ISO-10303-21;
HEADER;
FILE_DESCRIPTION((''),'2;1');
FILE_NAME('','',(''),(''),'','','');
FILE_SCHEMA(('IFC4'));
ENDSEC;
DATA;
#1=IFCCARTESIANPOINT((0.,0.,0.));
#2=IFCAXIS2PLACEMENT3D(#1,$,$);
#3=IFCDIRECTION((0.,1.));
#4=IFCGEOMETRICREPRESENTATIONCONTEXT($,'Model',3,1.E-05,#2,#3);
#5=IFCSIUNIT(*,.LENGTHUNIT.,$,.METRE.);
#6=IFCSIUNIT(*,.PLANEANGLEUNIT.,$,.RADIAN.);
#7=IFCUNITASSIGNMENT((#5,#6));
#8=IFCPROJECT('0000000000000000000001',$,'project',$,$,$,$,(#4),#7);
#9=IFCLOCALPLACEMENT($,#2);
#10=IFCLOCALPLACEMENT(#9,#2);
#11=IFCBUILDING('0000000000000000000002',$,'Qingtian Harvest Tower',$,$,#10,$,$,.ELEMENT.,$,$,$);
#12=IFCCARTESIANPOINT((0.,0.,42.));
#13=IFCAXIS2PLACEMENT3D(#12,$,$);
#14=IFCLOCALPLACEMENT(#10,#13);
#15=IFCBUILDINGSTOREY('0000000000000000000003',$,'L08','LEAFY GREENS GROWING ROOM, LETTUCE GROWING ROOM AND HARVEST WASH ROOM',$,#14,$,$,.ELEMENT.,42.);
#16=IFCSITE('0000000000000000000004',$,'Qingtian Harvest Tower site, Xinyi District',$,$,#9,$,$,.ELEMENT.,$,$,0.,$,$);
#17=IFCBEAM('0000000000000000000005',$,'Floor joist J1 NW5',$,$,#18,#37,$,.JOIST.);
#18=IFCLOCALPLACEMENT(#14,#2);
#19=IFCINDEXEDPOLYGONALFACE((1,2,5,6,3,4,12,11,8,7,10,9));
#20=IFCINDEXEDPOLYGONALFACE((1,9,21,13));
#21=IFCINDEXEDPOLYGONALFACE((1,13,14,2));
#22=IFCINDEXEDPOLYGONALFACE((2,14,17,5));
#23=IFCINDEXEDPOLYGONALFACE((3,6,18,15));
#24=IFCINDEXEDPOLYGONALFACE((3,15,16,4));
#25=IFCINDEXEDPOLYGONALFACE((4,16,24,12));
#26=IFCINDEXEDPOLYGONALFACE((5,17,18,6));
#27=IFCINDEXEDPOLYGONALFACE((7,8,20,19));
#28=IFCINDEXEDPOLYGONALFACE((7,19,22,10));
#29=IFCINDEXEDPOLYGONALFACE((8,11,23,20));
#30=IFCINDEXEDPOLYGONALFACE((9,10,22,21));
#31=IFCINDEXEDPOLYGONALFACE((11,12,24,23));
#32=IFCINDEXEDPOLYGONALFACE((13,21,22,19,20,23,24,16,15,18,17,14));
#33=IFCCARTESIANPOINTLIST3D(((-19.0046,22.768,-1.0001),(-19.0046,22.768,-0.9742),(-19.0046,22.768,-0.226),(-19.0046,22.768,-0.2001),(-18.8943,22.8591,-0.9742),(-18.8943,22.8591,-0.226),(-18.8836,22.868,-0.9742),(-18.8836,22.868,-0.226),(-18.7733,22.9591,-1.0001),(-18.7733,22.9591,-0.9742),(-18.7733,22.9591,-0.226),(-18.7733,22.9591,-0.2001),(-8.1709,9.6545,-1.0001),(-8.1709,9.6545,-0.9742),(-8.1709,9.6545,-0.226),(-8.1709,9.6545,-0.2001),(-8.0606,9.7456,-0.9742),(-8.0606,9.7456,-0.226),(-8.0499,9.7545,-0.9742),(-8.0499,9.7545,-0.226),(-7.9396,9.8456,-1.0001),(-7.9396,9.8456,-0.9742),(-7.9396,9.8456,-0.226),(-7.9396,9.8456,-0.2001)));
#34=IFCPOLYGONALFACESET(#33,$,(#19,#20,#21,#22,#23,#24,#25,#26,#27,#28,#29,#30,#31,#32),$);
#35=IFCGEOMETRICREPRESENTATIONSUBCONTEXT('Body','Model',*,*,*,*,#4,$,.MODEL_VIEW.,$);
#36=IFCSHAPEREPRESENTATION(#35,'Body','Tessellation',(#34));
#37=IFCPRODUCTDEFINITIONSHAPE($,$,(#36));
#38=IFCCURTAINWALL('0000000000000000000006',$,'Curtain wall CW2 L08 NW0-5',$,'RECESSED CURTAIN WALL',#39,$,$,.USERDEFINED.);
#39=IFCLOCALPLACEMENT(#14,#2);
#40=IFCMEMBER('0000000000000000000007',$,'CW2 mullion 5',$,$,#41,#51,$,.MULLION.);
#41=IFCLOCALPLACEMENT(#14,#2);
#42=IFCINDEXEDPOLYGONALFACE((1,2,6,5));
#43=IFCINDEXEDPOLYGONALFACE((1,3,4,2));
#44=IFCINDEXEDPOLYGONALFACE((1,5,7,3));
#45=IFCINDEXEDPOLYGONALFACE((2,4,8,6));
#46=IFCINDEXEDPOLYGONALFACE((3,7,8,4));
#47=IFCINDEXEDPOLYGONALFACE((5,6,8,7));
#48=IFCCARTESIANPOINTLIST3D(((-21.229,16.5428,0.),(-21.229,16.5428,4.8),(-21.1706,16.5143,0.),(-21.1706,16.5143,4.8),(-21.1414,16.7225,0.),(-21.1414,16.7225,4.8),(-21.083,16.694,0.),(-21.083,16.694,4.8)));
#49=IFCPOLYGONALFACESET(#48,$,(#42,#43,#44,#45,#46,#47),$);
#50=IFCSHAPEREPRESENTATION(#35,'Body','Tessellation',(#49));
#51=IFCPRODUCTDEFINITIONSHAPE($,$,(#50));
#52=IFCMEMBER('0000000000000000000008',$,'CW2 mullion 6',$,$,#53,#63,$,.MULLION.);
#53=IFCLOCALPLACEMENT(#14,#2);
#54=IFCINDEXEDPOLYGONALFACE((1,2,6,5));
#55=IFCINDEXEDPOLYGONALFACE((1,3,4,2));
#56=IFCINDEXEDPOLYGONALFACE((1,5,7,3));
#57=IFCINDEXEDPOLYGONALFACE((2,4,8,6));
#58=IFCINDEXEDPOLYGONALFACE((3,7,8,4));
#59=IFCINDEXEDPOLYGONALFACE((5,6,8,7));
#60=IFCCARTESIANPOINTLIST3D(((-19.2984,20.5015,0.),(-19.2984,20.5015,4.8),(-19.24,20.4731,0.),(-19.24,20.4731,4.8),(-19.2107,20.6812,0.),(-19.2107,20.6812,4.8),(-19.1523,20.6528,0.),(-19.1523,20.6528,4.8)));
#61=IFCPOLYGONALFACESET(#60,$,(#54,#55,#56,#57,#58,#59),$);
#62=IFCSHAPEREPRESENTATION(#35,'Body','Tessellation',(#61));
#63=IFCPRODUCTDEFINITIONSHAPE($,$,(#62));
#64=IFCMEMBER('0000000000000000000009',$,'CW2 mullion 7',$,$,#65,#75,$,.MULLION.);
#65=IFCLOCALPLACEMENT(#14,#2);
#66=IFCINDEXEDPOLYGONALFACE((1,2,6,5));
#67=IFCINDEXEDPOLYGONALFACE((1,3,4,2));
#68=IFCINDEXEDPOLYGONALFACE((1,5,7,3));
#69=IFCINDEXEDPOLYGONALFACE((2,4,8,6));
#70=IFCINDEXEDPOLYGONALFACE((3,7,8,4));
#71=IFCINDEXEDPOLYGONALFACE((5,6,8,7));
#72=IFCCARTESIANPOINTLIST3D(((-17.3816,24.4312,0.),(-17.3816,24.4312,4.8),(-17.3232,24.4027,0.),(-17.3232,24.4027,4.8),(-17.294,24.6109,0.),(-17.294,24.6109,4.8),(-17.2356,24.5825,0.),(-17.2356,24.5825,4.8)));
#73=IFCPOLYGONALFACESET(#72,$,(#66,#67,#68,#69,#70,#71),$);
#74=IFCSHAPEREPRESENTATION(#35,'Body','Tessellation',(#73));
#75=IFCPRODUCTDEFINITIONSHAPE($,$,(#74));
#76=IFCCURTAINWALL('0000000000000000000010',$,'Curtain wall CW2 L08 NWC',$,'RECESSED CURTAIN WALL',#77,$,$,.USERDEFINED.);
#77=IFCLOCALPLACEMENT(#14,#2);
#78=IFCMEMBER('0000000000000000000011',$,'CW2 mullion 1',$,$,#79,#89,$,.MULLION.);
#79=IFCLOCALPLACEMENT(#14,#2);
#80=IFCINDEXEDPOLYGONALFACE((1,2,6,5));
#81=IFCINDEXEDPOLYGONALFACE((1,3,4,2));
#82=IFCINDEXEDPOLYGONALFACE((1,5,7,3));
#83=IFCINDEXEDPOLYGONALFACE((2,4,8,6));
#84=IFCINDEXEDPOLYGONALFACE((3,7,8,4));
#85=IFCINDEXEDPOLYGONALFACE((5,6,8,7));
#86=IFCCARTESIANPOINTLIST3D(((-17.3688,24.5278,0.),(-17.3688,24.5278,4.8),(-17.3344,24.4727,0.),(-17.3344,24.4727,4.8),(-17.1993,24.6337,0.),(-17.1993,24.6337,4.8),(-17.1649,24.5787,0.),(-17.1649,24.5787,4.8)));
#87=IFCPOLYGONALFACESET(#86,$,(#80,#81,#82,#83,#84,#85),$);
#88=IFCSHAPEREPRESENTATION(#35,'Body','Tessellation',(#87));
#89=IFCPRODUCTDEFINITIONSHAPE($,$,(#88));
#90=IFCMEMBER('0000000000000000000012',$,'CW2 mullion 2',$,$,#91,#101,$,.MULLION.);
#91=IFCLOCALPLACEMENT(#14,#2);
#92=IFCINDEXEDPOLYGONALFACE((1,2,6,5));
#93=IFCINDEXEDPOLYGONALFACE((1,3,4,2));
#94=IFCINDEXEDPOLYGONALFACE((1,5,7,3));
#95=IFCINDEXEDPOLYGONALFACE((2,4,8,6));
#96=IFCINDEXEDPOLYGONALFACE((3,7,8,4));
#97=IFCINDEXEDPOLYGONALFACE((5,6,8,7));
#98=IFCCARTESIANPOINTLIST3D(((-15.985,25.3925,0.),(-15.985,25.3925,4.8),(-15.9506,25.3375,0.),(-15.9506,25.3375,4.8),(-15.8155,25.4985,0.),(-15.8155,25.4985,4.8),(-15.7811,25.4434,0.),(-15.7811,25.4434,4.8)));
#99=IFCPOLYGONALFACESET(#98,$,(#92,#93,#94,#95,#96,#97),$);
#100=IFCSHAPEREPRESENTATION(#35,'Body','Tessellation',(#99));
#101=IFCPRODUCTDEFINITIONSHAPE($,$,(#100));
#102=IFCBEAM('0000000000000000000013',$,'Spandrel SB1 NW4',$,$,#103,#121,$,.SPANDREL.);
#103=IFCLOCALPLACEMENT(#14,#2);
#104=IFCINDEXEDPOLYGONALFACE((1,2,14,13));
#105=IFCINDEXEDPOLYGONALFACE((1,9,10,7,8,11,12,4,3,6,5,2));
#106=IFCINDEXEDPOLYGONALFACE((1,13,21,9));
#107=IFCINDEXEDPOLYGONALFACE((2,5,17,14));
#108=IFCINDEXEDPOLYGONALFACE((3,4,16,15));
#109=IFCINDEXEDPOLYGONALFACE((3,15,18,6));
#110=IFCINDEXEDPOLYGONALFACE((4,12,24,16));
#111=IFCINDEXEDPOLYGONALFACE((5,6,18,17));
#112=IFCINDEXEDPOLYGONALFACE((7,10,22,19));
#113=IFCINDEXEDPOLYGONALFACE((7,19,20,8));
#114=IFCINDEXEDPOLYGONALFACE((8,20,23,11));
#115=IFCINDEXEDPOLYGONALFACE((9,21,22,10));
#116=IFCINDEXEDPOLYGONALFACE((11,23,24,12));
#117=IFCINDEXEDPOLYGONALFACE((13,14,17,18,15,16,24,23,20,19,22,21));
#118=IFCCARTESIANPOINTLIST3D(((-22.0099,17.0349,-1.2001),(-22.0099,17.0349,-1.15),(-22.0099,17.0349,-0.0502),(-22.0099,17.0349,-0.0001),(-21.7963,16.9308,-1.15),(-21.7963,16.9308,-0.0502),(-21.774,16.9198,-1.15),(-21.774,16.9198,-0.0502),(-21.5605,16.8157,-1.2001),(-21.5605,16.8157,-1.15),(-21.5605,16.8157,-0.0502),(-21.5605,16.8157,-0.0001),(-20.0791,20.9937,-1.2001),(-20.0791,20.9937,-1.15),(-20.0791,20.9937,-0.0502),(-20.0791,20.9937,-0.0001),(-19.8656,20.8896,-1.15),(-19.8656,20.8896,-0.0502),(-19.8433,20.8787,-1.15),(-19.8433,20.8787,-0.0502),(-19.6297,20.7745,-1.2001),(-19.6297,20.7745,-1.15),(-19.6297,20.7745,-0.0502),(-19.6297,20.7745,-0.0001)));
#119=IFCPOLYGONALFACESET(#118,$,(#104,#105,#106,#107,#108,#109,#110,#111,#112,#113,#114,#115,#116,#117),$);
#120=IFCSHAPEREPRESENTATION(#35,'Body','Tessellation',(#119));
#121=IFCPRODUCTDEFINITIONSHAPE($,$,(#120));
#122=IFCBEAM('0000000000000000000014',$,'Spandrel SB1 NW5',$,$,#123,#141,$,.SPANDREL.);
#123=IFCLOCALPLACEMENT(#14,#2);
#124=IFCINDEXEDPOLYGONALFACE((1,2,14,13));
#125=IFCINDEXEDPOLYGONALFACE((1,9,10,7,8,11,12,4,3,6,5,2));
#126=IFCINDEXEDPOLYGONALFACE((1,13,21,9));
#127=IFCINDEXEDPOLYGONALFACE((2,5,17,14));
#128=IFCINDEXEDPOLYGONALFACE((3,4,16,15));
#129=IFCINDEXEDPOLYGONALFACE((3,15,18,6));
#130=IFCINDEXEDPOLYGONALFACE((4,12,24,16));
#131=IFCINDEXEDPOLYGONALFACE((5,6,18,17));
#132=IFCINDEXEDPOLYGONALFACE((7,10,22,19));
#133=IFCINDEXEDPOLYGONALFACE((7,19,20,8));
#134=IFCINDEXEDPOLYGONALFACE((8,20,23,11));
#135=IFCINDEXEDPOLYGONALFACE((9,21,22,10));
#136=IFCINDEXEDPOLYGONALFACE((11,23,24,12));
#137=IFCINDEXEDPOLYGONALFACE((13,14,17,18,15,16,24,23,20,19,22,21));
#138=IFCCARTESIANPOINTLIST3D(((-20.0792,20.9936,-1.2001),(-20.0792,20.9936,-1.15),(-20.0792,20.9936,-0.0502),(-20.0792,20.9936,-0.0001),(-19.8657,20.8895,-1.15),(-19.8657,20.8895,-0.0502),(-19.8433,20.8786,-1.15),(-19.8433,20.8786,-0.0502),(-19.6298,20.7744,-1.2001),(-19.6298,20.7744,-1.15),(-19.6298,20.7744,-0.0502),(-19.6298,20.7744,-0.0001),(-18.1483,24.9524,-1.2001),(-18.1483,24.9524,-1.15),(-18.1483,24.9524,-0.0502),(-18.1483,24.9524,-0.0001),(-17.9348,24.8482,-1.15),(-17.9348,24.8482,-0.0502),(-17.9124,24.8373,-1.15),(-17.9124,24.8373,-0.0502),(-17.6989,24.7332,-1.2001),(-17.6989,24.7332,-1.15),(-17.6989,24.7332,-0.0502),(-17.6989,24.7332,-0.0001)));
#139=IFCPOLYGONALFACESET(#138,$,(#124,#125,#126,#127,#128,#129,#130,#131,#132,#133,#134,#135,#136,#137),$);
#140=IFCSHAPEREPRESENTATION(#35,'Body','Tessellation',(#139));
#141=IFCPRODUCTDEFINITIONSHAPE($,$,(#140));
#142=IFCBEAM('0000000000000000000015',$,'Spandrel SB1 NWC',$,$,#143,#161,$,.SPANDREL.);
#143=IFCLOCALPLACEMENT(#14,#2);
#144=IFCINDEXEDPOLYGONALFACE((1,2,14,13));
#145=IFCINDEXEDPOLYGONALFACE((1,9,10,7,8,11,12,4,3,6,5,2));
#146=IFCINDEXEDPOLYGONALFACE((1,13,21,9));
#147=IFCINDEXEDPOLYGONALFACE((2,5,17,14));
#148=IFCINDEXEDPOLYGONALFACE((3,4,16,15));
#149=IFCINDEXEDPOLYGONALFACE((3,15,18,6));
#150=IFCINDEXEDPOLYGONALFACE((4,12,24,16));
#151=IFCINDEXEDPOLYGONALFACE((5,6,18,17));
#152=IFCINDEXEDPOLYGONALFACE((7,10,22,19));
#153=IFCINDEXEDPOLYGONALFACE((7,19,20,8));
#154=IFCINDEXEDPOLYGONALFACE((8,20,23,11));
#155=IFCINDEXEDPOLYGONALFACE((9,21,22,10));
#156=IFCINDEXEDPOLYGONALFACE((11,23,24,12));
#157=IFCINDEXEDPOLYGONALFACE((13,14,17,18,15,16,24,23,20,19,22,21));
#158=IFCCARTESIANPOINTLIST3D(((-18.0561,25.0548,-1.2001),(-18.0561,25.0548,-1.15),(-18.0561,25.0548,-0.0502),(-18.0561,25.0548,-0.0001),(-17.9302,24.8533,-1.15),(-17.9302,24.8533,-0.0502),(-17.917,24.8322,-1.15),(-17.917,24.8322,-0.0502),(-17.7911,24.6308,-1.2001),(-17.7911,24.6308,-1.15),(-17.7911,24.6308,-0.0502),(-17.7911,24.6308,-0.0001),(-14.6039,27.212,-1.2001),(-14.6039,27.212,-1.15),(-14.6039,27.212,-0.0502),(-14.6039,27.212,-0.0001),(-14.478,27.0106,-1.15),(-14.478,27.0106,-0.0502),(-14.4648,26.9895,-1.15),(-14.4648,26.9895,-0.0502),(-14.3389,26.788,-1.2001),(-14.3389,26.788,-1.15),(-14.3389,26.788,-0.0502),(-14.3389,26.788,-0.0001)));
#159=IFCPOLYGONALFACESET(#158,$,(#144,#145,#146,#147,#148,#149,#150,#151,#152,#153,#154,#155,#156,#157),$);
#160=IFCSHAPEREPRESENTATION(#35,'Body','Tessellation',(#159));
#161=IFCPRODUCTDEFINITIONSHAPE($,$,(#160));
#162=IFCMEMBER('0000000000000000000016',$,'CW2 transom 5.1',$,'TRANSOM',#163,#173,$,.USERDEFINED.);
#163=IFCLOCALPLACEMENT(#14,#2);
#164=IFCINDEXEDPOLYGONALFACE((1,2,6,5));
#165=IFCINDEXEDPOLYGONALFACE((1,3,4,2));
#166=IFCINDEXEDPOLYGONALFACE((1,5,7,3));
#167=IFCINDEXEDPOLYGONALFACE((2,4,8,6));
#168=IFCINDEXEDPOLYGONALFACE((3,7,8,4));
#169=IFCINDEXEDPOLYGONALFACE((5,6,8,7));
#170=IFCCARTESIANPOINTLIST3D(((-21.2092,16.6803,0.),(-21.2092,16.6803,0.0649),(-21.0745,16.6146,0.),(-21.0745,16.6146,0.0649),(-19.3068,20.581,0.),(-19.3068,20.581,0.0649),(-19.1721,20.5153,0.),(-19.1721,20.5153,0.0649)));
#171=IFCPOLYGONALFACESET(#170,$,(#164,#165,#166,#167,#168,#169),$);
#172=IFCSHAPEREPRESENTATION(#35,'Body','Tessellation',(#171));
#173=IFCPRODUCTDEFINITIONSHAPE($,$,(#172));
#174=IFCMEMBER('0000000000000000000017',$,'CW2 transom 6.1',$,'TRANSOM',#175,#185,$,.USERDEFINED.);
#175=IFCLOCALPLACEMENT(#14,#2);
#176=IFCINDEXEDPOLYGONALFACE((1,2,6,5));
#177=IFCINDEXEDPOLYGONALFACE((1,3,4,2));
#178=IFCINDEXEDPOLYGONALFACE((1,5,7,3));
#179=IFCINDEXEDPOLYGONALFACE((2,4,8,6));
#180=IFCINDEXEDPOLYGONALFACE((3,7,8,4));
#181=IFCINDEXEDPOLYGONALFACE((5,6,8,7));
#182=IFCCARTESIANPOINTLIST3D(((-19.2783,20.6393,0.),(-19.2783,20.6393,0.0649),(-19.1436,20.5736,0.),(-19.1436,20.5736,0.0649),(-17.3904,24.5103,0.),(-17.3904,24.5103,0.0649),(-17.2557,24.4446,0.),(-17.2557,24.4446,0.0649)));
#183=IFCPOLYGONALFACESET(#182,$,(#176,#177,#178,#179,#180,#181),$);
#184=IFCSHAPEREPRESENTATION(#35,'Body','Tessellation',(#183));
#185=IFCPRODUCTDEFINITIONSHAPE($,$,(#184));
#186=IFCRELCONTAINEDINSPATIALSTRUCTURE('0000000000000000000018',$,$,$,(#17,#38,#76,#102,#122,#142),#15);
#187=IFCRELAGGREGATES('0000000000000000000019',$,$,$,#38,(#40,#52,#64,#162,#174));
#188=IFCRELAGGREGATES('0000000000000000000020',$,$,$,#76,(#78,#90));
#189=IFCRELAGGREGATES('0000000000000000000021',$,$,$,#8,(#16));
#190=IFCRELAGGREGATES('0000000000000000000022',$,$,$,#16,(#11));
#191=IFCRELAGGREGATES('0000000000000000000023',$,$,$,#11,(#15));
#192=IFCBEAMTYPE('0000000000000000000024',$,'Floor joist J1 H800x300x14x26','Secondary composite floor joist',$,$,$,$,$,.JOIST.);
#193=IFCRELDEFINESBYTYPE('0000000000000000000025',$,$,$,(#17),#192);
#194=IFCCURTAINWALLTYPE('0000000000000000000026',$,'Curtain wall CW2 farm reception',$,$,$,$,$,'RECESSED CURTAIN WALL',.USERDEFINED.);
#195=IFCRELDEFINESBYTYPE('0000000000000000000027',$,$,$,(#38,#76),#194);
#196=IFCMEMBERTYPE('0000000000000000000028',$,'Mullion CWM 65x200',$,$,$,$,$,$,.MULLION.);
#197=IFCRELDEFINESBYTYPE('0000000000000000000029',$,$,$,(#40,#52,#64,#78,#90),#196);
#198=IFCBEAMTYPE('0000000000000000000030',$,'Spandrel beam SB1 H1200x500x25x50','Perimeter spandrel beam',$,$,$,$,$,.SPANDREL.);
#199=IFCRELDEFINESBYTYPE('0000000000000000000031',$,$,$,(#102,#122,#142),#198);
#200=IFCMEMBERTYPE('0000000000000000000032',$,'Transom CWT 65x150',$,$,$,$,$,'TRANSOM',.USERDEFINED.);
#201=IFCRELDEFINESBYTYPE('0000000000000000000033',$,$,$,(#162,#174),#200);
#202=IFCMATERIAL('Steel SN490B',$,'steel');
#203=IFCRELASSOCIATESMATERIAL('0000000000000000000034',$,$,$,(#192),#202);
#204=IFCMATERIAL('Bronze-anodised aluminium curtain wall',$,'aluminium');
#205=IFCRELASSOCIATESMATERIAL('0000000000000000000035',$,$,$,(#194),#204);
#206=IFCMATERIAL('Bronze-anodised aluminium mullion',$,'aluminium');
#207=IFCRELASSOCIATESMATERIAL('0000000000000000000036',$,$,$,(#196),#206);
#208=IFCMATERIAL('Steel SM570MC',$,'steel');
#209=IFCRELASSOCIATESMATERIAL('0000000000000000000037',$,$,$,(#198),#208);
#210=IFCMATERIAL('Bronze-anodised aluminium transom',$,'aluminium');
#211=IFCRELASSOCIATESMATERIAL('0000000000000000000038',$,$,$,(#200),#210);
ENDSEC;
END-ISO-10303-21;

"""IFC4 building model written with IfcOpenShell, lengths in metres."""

from ifc_helpers import new_model, si_unit, direction, frame, origin, origin_2d, place, context, subcontext, project, spatial, rectangle, i_section, extrude, material, material_profile, profile_set, type_object, element, aggregate, save


model = new_model("IFC4")

# Units and contexts
model_context = context("Model", 3, precision=1e-05, world=origin(), true_north=direction((0.0, 1.0)))
body_context = subcontext(model_context, "Body", "Model", "MODEL_VIEW")
ifc_project = project(units=[si_unit("LENGTHUNIT", "METRE"), si_unit("PLANEANGLEUNIT", "RADIAN")], contexts=[model_context])

# Site, building, storey
site_placement = place(None, origin())
site = spatial("IfcSite", under=ifc_project, at=site_placement, Name="Qingtian Harvest Tower site, Xinyi District", CompositionType="ELEMENT", RefElevation=0.0)
building_placement = place(site_placement, origin())
building = spatial("IfcBuilding", under=site, at=building_placement, Name="Qingtian Harvest Tower", CompositionType="ELEMENT")
storey_placement = place(building_placement, frame((0.0, 0.0, 42.0)))
storey = spatial("IfcBuildingStorey", under=building, at=storey_placement, Name="L08", Description="LEAFY GREENS GROWING ROOM, LETTUCE GROWING ROOM AND HARVEST WASH ROOM", CompositionType="ELEMENT", Elevation=42.0)

# Beam
ifc_material_1 = material(Name="Steel SN490B", Category="steel")
ifc_material_profile_1 = material_profile(ifc_material_1, i_section(OverallWidth=0.3, OverallDepth=0.8, WebThickness=0.0139, FlangeThickness=0.0259, at=origin_2d()), Name="H800x300x14x26")
ifc_profile_set_1 = profile_set([ifc_material_profile_1], Name="Steel SN490B")
beam_type_1 = type_object("IfcBeamType", Name="Floor joist J1 H800x300x14x26", Description="Secondary composite floor joist", PredefinedType="JOIST", material=ifc_profile_set_1)
beam_1_placement = place(storey_placement, frame((-18.8889, 22.8635, -0.6001), z_axis=(0.63691, -0.770938, 0.0), x_axis=(0.770938, 0.63691, 0.0)))
element("IfcBeam", 1, at=beam_1_placement, inside=storey, type_object=beam_type_1, Name="Floor joist J1 NW5", PredefinedType="JOIST", context=body_context, shape_type="SweptSolid", body=[
    extrude(i_section(OverallWidth=0.3, OverallDepth=0.8, WebThickness=0.0139, FlangeThickness=0.0259, at=origin_2d()), origin(), (0.0, 0.0, 1.0), 17.0098),
])

# Curtain walls, members
ifc_material_2 = material(Name="Bronze-anodised aluminium curtain wall", Category="aluminium")
curtain_wall_type = type_object("IfcCurtainWallType", Name="Curtain wall CW2 farm reception", ElementType="RECESSED CURTAIN WALL", PredefinedType="USERDEFINED", material=ifc_material_2)
curtain_wall_1_placement = place(storey_placement, origin())
curtain_wall_1 = element("IfcCurtainWall", 2, at=curtain_wall_1_placement, inside=storey, type_object=curtain_wall_type, Name="Curtain wall CW2 L08 NW0-5", ObjectType="RECESSED CURTAIN WALL", PredefinedType="USERDEFINED")
ifc_material_3 = material(Name="Bronze-anodised aluminium mullion", Category="aluminium")
ifc_material_profile_2 = material_profile(ifc_material_3, rectangle(XDim=0.0649, YDim=0.2, at=origin_2d()), Name="AL 65x200")
ifc_profile_set_2 = profile_set([ifc_material_profile_2], Name="Bronze-anodised aluminium mullion")
member_type_1 = type_object("IfcMemberType", Name="Mullion CWM 65x200", PredefinedType="MULLION", material=ifc_profile_set_2)
member_1_placement = place(storey_placement, frame((-21.156, 16.6184, 0.0), z_axis=(0.0, 0.0, 1.0), x_axis=(-0.898794, 0.438371, 0.0)))
member_1 = element("IfcMember", 3, at=member_1_placement, type_object=member_type_1, Name="CW2 mullion 5", PredefinedType="MULLION", context=body_context, shape_type="SweptSolid", body=[
    extrude(rectangle(XDim=0.0649, YDim=0.2, at=origin_2d()), origin(), (0.0, 0.0, 1.0), 4.8),
])
member_2_placement = place(storey_placement, frame((-19.2253, 20.5771, 0.0), z_axis=(0.0, 0.0, 1.0), x_axis=(-0.898794, 0.438371, 0.0)))
member_2 = element("IfcMember", 4, at=member_2_placement, type_object=member_type_1, Name="CW2 mullion 6", PredefinedType="MULLION", context=body_context, shape_type="SweptSolid", body=[
    extrude(rectangle(XDim=0.0649, YDim=0.2, at=origin_2d()), origin(), (0.0, 0.0, 1.0), 4.8),
])
member_3_placement = place(storey_placement, frame((-17.3086, 24.5068, 0.0), z_axis=(0.0, 0.0, 1.0), x_axis=(-0.898794, 0.438371, 0.0)))
member_3 = element("IfcMember", 5, at=member_3_placement, type_object=member_type_1, Name="CW2 mullion 7", PredefinedType="MULLION", context=body_context, shape_type="SweptSolid", body=[
    extrude(rectangle(XDim=0.0649, YDim=0.2, at=origin_2d()), origin(), (0.0, 0.0, 1.0), 4.8),
])
curtain_wall_2_placement = place(storey_placement, origin())
curtain_wall_2 = element("IfcCurtainWall", 6, at=curtain_wall_2_placement, inside=storey, type_object=curtain_wall_type, Name="Curtain wall CW2 L08 NWC", ObjectType="RECESSED CURTAIN WALL", PredefinedType="USERDEFINED")
member_4_placement = place(storey_placement, frame((-17.2668, 24.5532, 0.0), z_axis=(0.0, 0.0, 1.0), x_axis=(-0.529919, 0.848048, 0.0)))
member_4 = element("IfcMember", 7, at=member_4_placement, type_object=member_type_1, Name="CW2 mullion 1", PredefinedType="MULLION", context=body_context, shape_type="SweptSolid", body=[
    extrude(rectangle(XDim=0.0649, YDim=0.2, at=origin_2d()), origin(), (0.0, 0.0, 1.0), 4.8),
])
member_5_placement = place(storey_placement, frame((-15.8831, 25.418, 0.0), z_axis=(0.0, 0.0, 1.0), x_axis=(-0.529919, 0.848048, 0.0)))
member_5 = element("IfcMember", 8, at=member_5_placement, type_object=member_type_1, Name="CW2 mullion 2", PredefinedType="MULLION", context=body_context, shape_type="SweptSolid", body=[
    extrude(rectangle(XDim=0.0649, YDim=0.2, at=origin_2d()), origin(), (0.0, 0.0, 1.0), 4.8),
])

# Beams
ifc_material_4 = material(Name="Steel SM570MC", Category="steel")
ifc_material_profile_3 = material_profile(ifc_material_4, i_section(OverallWidth=0.5, OverallDepth=1.2, WebThickness=0.0249, FlangeThickness=0.05, at=origin_2d()), Name="H1200x500x25x50")
ifc_profile_set_3 = profile_set([ifc_material_profile_3], Name="Steel SM570MC")
beam_type_2 = type_object("IfcBeamType", Name="Spandrel beam SB1 H1200x500x25x50", Description="Perimeter spandrel beam", PredefinedType="SPANDREL", material=ifc_profile_set_3)
for number, where, z_axis, x_axis, name in (
    (9, (-21.7852, 16.9253, -0.6001), (0.438345, 0.898807, 0.0), (-0.898807, 0.438345, 0.0), "Spandrel SB1 NW4"),
    (10, (-19.8545, 20.884, -0.6001), (0.43839, 0.898785, 0.0), (-0.898785, 0.43839, 0.0), "Spandrel SB1 NW5"),
):
    element("IfcBeam", number, at=place(storey_placement, frame(where, z_axis=z_axis, x_axis=x_axis)), inside=storey, type_object=beam_type_2, Name=name, PredefinedType="SPANDREL", context=body_context, shape_type="SweptSolid", body=[
        extrude(i_section(OverallWidth=0.5, OverallDepth=1.2, WebThickness=0.0249, FlangeThickness=0.05, at=origin_2d()), origin(), (0.0, 0.0, 1.0), 4.4045),
    ])
beam_2_placement = place(storey_placement, frame((-17.9236, 24.8428, -0.6001), z_axis=(0.848039, 0.529934, 0.0), x_axis=(-0.529934, 0.848039, 0.0)))
element("IfcBeam", 11, at=beam_2_placement, inside=storey, type_object=beam_type_2, Name="Spandrel SB1 NWC", PredefinedType="SPANDREL", context=body_context, shape_type="SweptSolid", body=[
    extrude(i_section(OverallWidth=0.5, OverallDepth=1.2, WebThickness=0.0249, FlangeThickness=0.05, at=origin_2d()), origin(), (0.0, 0.0, 1.0), 4.0708),
])

# Members
ifc_material_5 = material(Name="Bronze-anodised aluminium transom", Category="aluminium")
ifc_material_profile_4 = material_profile(ifc_material_5, rectangle(XDim=0.1499, YDim=0.0649, at=origin_2d()), Name="AL 65x150")
ifc_profile_set_4 = profile_set([ifc_material_profile_4], Name="Bronze-anodised aluminium transom")
member_type_2 = type_object("IfcMemberType", Name="Transom CWT 65x150", ElementType="TRANSOM", PredefinedType="USERDEFINED", material=ifc_profile_set_4)
member_6_placement = place(storey_placement, frame((-21.1418, 16.6475, 0.0325), z_axis=(0.438348, 0.898805, 0.0), x_axis=(-0.898805, 0.438348, 0.0)))
member_6 = element("IfcMember", 12, at=member_6_placement, type_object=member_type_2, Name="CW2 transom 5.1", ObjectType="TRANSOM", PredefinedType="USERDEFINED", context=body_context, shape_type="SweptSolid", body=[
    extrude(rectangle(XDim=0.1499, YDim=0.0649, at=origin_2d()), origin(), (0.0, 0.0, 1.0), 4.3398),
])
member_7_placement = place(storey_placement, frame((-19.2109, 20.6064, 0.0325), z_axis=(0.438349, 0.898805, 0.0), x_axis=(-0.898805, 0.438349, 0.0)))
member_7 = element("IfcMember", 13, at=member_7_placement, type_object=member_type_2, Name="CW2 transom 6.1", ObjectType="TRANSOM", PredefinedType="USERDEFINED", context=body_context, shape_type="SweptSolid", body=[
    extrude(rectangle(XDim=0.1499, YDim=0.0649, at=origin_2d()), origin(), (0.0, 0.0, 1.0), 4.3069),
])

aggregate(curtain_wall_1, [member_1, member_2, member_3, member_6, member_7])
aggregate(curtain_wall_2, [member_4, member_5])

save(model, "model.ifc")
